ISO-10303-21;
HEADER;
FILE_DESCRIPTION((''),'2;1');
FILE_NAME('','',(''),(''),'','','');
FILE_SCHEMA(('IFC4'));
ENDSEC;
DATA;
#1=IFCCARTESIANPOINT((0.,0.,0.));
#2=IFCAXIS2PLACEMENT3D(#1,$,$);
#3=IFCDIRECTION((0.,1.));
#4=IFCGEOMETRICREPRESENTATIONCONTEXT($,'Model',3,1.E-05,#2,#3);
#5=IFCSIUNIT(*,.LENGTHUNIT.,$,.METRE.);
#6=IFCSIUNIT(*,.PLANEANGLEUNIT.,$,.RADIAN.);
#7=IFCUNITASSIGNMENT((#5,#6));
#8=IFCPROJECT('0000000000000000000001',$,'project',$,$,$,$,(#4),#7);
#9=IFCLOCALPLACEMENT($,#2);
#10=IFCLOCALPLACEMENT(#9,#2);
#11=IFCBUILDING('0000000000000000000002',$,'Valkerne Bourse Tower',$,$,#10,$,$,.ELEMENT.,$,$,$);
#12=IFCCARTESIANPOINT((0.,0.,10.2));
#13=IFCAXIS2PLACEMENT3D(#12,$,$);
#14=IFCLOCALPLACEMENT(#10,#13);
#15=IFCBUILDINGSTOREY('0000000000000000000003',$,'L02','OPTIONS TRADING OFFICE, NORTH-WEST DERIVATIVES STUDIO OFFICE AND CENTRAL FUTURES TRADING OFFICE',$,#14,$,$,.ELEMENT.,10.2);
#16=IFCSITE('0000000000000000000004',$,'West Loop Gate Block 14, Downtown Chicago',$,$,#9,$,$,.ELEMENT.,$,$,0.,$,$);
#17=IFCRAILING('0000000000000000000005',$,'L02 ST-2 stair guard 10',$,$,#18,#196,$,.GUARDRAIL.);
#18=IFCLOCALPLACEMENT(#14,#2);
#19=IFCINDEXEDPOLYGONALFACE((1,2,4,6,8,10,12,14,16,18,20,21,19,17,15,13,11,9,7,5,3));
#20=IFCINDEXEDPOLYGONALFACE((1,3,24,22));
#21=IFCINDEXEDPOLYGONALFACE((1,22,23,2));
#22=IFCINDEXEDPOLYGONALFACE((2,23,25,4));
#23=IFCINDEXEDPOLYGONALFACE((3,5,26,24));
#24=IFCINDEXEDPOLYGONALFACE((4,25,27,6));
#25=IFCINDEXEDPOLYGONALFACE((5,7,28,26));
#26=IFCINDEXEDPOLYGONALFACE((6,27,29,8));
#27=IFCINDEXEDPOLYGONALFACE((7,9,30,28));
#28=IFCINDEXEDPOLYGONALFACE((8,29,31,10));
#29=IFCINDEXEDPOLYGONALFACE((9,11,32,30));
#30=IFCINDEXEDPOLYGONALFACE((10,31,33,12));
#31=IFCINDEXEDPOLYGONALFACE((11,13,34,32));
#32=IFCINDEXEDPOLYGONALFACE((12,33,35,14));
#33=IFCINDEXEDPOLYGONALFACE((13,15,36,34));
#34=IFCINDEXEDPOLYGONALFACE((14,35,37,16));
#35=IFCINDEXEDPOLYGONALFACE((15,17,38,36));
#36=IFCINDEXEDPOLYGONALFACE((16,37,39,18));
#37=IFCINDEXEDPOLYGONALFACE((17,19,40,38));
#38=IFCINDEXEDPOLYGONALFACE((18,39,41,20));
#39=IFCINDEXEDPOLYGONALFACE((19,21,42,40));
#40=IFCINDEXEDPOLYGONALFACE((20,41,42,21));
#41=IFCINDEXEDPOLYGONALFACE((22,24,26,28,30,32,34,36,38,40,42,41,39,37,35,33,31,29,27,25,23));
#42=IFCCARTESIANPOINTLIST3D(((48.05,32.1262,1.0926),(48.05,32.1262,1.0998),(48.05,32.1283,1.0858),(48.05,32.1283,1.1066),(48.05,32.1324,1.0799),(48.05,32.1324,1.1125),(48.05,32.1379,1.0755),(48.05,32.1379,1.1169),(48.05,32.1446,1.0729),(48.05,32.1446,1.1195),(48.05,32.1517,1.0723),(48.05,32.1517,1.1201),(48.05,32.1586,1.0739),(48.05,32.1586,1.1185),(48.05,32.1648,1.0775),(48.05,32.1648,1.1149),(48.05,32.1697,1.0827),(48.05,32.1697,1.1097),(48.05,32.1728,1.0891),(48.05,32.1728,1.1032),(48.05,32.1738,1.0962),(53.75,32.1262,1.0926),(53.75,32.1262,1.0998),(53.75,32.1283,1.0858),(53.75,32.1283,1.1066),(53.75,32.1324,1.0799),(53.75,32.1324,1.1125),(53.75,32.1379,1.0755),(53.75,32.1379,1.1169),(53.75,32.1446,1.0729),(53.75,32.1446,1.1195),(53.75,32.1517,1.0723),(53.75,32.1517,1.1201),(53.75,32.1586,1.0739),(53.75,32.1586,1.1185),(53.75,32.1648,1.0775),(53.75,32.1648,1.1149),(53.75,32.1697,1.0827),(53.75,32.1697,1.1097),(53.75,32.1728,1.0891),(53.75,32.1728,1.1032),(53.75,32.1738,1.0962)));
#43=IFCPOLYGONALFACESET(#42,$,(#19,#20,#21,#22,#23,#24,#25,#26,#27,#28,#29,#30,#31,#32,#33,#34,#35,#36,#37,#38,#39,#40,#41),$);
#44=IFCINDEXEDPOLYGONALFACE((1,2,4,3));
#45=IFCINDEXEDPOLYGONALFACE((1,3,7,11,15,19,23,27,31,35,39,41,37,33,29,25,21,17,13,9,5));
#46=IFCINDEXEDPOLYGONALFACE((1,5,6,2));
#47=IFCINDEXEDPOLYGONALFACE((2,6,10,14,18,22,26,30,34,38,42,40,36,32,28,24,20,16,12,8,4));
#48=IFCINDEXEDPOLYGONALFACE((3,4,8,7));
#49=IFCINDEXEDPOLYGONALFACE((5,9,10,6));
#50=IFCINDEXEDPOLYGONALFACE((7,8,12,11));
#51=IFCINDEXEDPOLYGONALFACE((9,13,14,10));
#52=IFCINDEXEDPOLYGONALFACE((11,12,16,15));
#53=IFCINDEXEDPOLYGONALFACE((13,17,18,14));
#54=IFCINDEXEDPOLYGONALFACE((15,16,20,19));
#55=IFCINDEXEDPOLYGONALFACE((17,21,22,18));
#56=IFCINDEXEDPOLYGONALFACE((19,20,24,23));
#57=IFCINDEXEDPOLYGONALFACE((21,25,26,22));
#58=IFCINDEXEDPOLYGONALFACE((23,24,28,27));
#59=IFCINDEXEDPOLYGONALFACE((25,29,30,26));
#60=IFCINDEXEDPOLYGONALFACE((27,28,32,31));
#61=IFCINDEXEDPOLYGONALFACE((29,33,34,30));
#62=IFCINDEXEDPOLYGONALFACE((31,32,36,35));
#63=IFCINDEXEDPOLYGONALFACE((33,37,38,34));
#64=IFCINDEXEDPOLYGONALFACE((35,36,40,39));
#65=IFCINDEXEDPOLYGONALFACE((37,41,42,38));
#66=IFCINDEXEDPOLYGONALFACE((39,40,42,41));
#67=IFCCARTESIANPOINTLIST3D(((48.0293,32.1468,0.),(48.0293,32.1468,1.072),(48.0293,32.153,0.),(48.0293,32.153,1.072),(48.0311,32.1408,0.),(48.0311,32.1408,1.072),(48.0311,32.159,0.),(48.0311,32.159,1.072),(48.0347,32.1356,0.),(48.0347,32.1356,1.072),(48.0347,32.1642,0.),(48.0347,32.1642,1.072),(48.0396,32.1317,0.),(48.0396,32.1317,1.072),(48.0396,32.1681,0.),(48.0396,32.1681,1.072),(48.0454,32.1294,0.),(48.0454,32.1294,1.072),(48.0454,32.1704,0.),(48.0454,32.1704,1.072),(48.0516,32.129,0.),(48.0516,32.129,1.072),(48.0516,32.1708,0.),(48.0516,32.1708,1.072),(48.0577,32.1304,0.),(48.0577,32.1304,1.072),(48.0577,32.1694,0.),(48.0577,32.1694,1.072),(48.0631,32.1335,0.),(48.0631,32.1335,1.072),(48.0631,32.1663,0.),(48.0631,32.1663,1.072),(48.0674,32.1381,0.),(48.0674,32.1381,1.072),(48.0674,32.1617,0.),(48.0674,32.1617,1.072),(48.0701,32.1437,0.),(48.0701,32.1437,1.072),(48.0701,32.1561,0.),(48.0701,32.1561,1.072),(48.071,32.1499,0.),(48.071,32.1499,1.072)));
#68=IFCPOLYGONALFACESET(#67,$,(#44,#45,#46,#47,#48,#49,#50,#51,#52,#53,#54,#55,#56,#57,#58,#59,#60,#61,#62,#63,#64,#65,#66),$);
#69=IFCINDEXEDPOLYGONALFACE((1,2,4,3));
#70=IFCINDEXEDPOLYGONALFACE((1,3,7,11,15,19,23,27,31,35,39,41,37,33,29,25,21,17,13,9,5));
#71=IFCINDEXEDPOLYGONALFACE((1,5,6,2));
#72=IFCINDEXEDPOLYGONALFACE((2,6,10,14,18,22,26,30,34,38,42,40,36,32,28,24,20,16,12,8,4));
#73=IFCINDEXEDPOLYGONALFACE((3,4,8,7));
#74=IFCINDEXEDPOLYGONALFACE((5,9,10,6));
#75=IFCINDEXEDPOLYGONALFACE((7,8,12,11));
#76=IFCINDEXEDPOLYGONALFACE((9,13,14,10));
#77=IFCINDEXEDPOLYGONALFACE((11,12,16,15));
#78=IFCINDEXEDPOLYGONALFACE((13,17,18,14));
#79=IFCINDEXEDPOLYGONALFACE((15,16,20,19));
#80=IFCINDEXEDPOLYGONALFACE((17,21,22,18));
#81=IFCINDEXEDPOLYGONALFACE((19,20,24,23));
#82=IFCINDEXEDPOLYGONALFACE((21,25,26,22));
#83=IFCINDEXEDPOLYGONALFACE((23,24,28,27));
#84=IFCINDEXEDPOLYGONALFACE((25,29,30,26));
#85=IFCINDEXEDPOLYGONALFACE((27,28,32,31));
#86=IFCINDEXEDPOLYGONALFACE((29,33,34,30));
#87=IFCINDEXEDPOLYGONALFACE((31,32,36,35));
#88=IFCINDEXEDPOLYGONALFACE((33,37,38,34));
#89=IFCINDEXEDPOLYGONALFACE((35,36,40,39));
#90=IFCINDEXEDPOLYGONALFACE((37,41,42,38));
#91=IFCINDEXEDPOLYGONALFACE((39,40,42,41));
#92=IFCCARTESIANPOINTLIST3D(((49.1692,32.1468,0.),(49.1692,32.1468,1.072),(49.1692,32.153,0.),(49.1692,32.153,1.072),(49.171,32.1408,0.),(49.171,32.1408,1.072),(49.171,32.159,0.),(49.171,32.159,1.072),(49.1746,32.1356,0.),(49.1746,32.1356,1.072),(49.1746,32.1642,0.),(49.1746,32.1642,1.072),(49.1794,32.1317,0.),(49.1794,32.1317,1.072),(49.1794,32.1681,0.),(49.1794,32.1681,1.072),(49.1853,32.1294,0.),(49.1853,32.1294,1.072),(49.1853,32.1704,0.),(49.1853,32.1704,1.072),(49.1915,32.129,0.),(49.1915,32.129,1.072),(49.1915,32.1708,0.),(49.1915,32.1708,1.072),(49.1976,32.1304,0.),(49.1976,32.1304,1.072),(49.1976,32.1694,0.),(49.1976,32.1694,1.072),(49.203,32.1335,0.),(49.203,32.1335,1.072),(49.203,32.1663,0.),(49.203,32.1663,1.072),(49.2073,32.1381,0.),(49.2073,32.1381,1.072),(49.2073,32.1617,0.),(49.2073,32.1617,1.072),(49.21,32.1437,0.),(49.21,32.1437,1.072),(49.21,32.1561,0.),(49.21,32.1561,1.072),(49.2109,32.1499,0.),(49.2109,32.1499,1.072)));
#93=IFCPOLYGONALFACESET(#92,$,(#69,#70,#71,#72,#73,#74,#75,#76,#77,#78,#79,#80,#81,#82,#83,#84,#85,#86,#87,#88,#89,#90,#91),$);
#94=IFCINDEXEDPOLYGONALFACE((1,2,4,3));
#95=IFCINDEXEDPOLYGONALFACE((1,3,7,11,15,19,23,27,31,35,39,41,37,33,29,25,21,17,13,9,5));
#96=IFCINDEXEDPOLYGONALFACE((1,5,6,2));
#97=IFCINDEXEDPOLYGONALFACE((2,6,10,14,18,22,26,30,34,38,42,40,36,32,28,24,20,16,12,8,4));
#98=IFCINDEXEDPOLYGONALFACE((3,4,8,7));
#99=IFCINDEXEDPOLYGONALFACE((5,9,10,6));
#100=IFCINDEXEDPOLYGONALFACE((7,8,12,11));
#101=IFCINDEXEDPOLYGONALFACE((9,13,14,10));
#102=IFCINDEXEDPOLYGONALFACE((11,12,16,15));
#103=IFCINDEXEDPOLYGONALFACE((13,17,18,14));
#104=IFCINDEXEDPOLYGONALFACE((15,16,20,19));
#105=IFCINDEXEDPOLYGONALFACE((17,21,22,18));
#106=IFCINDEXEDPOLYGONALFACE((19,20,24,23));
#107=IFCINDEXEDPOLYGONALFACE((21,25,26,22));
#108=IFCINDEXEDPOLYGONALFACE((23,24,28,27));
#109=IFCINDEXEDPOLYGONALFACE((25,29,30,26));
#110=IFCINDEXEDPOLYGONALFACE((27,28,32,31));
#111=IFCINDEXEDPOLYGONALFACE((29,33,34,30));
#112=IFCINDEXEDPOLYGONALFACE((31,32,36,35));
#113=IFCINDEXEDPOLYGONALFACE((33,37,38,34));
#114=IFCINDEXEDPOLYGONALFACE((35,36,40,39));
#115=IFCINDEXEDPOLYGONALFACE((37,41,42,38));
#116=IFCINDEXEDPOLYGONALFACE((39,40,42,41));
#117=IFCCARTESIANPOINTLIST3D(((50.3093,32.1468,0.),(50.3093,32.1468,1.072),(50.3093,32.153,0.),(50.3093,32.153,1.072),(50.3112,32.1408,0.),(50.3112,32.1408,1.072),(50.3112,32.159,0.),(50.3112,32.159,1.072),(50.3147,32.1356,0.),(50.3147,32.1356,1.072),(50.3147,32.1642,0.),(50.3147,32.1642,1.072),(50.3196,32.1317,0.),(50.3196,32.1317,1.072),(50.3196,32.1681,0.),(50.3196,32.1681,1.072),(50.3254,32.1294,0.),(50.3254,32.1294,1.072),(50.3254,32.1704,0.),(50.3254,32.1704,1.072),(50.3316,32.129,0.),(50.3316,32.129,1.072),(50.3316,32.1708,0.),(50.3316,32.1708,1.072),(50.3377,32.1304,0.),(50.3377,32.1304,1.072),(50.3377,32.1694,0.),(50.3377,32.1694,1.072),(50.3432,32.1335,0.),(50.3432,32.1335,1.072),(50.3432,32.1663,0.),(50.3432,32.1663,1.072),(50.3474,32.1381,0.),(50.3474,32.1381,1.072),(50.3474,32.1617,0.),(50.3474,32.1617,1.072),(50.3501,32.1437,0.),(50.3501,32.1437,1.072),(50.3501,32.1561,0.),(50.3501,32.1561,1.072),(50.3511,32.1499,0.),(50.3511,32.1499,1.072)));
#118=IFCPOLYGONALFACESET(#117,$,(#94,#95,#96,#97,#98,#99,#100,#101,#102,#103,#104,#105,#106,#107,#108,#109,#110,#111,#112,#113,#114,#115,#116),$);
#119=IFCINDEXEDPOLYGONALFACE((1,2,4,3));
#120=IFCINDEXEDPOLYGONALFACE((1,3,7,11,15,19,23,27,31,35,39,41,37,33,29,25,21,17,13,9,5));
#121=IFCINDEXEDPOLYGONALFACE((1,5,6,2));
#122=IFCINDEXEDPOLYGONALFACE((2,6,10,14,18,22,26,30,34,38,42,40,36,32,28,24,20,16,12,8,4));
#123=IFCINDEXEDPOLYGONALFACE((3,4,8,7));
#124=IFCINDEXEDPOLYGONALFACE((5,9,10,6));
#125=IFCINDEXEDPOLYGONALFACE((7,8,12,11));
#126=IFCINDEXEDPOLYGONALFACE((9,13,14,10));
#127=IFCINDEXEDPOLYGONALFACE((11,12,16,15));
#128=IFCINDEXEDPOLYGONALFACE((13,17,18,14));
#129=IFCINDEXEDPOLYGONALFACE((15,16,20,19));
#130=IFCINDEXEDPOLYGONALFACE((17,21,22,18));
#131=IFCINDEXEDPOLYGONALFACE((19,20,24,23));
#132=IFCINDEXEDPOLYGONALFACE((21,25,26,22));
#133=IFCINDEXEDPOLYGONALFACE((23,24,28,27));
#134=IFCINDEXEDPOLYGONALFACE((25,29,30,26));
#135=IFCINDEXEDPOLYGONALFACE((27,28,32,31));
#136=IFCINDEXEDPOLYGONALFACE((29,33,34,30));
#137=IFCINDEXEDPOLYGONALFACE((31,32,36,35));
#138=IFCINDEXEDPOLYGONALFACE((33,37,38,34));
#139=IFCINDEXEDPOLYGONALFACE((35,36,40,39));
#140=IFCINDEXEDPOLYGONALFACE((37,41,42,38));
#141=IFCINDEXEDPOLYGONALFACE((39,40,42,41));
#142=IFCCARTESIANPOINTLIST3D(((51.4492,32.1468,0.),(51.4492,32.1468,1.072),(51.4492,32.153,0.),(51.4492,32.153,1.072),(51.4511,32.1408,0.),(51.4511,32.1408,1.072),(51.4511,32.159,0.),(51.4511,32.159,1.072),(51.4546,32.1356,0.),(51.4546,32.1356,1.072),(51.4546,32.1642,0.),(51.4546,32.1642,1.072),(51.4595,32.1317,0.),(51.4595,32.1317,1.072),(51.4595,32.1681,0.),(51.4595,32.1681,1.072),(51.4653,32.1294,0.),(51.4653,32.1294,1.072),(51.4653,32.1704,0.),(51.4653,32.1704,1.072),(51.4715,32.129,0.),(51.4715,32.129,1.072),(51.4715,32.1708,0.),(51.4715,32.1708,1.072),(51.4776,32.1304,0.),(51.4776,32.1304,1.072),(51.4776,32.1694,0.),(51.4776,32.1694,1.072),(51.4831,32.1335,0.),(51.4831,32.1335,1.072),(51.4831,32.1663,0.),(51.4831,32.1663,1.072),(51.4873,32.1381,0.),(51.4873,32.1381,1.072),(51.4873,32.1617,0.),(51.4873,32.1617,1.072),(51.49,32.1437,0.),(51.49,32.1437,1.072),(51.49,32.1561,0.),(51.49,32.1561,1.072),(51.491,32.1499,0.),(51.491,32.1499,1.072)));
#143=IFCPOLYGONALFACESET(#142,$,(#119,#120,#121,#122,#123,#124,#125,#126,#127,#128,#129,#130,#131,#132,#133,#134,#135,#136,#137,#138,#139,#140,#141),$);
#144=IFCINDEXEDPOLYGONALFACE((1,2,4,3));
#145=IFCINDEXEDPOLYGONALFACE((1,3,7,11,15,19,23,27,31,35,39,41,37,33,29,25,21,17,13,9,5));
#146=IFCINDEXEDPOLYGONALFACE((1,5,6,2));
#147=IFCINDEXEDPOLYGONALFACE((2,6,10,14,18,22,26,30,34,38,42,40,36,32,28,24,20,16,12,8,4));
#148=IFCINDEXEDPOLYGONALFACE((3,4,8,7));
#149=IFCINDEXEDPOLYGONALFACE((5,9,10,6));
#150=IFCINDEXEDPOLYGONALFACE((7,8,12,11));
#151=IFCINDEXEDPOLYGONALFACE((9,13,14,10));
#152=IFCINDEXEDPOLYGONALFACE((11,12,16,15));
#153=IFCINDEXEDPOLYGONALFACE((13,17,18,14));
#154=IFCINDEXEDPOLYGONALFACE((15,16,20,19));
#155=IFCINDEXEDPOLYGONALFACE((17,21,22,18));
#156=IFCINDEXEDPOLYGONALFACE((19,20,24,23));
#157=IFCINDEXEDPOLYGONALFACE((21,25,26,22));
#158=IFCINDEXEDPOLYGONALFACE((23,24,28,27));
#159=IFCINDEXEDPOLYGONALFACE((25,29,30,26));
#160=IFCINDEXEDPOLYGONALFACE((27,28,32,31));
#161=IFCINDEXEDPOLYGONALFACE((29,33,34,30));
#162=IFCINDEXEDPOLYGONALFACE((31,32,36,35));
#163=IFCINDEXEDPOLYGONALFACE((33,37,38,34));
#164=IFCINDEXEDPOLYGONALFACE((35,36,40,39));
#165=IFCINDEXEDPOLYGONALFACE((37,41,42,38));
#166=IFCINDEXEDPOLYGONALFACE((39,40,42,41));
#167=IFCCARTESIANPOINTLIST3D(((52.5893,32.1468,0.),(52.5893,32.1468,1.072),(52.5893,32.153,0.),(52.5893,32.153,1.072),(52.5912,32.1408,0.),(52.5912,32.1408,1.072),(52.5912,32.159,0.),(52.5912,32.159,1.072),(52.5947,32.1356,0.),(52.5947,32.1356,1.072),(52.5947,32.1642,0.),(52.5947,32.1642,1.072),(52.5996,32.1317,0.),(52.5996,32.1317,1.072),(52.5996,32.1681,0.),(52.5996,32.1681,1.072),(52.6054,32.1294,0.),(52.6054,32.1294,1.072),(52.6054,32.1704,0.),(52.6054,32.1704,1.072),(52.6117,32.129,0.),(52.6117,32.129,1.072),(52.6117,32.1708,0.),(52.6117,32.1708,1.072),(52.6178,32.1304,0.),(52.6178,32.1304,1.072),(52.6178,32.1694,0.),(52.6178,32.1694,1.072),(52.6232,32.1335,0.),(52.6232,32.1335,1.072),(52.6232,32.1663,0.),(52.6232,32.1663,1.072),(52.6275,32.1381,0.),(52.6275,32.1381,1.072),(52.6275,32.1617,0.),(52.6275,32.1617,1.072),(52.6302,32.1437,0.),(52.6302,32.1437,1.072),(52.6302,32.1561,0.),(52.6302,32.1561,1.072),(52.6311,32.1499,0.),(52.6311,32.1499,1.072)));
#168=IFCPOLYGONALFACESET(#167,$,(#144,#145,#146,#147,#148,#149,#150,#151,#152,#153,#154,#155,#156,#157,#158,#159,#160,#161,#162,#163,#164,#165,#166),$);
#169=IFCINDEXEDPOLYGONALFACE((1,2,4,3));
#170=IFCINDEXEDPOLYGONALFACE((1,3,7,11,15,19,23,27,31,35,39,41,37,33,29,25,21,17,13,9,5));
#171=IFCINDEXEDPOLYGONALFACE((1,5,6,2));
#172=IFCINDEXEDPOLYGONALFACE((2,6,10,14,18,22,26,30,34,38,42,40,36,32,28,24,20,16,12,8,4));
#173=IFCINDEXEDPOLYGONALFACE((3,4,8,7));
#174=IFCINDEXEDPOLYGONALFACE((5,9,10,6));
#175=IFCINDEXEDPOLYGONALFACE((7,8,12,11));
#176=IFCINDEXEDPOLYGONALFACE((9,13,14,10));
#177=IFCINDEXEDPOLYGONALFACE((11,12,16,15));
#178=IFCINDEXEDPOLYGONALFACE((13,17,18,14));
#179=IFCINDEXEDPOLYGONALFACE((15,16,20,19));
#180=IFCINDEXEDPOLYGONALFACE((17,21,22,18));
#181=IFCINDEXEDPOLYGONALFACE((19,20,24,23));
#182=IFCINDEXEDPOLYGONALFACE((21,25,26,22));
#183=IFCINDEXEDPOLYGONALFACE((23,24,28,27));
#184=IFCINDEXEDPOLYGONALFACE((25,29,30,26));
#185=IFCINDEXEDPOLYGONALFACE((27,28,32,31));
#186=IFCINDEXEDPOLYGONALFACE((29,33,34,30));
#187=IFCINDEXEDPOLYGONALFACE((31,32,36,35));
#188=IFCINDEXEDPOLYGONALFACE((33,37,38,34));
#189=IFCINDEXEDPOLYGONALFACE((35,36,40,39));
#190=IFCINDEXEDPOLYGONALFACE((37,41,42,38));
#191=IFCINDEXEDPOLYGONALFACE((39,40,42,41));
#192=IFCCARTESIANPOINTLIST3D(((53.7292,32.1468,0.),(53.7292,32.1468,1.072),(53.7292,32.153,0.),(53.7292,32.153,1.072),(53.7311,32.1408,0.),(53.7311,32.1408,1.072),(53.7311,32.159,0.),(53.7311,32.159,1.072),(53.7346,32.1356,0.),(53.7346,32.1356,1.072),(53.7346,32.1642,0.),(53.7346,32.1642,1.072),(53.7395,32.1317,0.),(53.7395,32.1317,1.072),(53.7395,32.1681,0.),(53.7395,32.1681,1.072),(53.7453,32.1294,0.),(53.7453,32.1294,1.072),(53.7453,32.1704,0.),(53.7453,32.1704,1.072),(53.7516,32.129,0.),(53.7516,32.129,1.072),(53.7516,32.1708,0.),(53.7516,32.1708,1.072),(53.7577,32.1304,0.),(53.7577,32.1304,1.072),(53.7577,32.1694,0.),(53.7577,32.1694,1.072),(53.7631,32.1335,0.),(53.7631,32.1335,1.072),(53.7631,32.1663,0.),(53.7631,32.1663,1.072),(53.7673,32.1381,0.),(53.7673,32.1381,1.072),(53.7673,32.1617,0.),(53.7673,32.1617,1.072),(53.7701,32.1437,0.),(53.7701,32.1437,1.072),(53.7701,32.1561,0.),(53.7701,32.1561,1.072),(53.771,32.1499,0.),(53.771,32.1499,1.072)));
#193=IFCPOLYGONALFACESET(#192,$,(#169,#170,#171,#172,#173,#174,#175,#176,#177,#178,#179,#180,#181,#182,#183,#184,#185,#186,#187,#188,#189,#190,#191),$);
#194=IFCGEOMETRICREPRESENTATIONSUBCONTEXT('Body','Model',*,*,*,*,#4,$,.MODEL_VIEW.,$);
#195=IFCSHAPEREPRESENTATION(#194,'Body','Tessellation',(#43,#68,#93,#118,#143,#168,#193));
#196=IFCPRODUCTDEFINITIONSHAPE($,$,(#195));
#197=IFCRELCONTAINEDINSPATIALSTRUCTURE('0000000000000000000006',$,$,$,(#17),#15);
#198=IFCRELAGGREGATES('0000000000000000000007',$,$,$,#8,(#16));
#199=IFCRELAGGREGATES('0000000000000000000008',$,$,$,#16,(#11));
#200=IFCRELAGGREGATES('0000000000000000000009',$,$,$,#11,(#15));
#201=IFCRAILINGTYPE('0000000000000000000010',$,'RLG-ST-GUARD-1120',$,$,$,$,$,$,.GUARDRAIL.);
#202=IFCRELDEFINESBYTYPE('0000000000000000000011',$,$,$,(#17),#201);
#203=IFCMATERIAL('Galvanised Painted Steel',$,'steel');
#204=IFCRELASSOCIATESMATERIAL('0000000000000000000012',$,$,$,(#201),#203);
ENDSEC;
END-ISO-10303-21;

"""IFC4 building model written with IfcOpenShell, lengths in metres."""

from ifc_helpers import new_model, si_unit, direction, frame, origin, origin_2d, place, context, subcontext, project, spatial, circle, extrude, material, type_object, element, save


model = new_model("IFC4")

# Units and contexts
model_context = context("Model", 3, precision=1e-05, world=origin(), true_north=direction((0.0, 1.0)))
body_context = subcontext(model_context, "Body", "Model", "MODEL_VIEW")
ifc_project = project(units=[si_unit("LENGTHUNIT", "METRE"), si_unit("PLANEANGLEUNIT", "RADIAN")], contexts=[model_context])

# Site, building, storey
site_placement = place(None, origin())
site = spatial("IfcSite", under=ifc_project, at=site_placement, Name="West Loop Gate Block 14, Downtown Chicago", CompositionType="ELEMENT", RefElevation=0.0)
building_placement = place(site_placement, origin())
building = spatial("IfcBuilding", under=site, at=building_placement, Name="Valkerne Bourse Tower", CompositionType="ELEMENT")
storey_placement = place(building_placement, frame((0.0, 0.0, 10.2)))
storey = spatial("IfcBuildingStorey", under=building, at=storey_placement, Name="L02", Description="OPTIONS TRADING OFFICE, NORTH-WEST DERIVATIVES STUDIO OFFICE AND CENTRAL FUTURES TRADING OFFICE", CompositionType="ELEMENT", Elevation=10.2)

# Shared definitions
ifc_material_1 = material(Name="Galvanised Painted Steel", Category="steel")

# Railing
railing_type_1 = type_object("IfcRailingType", Name="RLG-ST-GUARD-1120", PredefinedType="GUARDRAIL", material=ifc_material_1)
railing_1_placement = place(storey_placement, frame((48.05, 32.1499, 0.0)))
element("IfcRailing", 1, at=railing_1_placement, inside=storey, type_object=railing_type_1, Name="L02 ST-2 stair guard 10", PredefinedType="GUARDRAIL", context=body_context, shape_type="SweptSolid", body=[
    extrude(circle(Radius=0.0239, at=origin_2d()), frame((0.0, 0.0, 1.0962), z_axis=(1.0, 0.0, 0.0), x_axis=(0.0, 1.0, 0.0)), (0.0, 0.0, 1.0), 5.7),
    extrude(circle(Radius=0.021, at=origin_2d()), origin(), (0.0, 0.0, 1.0), 1.072),
    extrude(circle(Radius=0.021, at=origin_2d()), frame((1.1399, 0.0, 0.0)), (0.0, 0.0, 1.0), 1.072),
    extrude(circle(Radius=0.021, at=origin_2d()), frame((2.28, 0.0, 0.0)), (0.0, 0.0, 1.0), 1.072),
    extrude(circle(Radius=0.021, at=origin_2d()), frame((3.4199, 0.0, 0.0)), (0.0, 0.0, 1.0), 1.072),
    extrude(circle(Radius=0.021, at=origin_2d()), frame((4.5601, 0.0, 0.0)), (0.0, 0.0, 1.0), 1.072),
    extrude(circle(Radius=0.021, at=origin_2d()), frame((5.7, 0.0, 0.0)), (0.0, 0.0, 1.0), 1.072),
])

save(model, "model.ifc")
